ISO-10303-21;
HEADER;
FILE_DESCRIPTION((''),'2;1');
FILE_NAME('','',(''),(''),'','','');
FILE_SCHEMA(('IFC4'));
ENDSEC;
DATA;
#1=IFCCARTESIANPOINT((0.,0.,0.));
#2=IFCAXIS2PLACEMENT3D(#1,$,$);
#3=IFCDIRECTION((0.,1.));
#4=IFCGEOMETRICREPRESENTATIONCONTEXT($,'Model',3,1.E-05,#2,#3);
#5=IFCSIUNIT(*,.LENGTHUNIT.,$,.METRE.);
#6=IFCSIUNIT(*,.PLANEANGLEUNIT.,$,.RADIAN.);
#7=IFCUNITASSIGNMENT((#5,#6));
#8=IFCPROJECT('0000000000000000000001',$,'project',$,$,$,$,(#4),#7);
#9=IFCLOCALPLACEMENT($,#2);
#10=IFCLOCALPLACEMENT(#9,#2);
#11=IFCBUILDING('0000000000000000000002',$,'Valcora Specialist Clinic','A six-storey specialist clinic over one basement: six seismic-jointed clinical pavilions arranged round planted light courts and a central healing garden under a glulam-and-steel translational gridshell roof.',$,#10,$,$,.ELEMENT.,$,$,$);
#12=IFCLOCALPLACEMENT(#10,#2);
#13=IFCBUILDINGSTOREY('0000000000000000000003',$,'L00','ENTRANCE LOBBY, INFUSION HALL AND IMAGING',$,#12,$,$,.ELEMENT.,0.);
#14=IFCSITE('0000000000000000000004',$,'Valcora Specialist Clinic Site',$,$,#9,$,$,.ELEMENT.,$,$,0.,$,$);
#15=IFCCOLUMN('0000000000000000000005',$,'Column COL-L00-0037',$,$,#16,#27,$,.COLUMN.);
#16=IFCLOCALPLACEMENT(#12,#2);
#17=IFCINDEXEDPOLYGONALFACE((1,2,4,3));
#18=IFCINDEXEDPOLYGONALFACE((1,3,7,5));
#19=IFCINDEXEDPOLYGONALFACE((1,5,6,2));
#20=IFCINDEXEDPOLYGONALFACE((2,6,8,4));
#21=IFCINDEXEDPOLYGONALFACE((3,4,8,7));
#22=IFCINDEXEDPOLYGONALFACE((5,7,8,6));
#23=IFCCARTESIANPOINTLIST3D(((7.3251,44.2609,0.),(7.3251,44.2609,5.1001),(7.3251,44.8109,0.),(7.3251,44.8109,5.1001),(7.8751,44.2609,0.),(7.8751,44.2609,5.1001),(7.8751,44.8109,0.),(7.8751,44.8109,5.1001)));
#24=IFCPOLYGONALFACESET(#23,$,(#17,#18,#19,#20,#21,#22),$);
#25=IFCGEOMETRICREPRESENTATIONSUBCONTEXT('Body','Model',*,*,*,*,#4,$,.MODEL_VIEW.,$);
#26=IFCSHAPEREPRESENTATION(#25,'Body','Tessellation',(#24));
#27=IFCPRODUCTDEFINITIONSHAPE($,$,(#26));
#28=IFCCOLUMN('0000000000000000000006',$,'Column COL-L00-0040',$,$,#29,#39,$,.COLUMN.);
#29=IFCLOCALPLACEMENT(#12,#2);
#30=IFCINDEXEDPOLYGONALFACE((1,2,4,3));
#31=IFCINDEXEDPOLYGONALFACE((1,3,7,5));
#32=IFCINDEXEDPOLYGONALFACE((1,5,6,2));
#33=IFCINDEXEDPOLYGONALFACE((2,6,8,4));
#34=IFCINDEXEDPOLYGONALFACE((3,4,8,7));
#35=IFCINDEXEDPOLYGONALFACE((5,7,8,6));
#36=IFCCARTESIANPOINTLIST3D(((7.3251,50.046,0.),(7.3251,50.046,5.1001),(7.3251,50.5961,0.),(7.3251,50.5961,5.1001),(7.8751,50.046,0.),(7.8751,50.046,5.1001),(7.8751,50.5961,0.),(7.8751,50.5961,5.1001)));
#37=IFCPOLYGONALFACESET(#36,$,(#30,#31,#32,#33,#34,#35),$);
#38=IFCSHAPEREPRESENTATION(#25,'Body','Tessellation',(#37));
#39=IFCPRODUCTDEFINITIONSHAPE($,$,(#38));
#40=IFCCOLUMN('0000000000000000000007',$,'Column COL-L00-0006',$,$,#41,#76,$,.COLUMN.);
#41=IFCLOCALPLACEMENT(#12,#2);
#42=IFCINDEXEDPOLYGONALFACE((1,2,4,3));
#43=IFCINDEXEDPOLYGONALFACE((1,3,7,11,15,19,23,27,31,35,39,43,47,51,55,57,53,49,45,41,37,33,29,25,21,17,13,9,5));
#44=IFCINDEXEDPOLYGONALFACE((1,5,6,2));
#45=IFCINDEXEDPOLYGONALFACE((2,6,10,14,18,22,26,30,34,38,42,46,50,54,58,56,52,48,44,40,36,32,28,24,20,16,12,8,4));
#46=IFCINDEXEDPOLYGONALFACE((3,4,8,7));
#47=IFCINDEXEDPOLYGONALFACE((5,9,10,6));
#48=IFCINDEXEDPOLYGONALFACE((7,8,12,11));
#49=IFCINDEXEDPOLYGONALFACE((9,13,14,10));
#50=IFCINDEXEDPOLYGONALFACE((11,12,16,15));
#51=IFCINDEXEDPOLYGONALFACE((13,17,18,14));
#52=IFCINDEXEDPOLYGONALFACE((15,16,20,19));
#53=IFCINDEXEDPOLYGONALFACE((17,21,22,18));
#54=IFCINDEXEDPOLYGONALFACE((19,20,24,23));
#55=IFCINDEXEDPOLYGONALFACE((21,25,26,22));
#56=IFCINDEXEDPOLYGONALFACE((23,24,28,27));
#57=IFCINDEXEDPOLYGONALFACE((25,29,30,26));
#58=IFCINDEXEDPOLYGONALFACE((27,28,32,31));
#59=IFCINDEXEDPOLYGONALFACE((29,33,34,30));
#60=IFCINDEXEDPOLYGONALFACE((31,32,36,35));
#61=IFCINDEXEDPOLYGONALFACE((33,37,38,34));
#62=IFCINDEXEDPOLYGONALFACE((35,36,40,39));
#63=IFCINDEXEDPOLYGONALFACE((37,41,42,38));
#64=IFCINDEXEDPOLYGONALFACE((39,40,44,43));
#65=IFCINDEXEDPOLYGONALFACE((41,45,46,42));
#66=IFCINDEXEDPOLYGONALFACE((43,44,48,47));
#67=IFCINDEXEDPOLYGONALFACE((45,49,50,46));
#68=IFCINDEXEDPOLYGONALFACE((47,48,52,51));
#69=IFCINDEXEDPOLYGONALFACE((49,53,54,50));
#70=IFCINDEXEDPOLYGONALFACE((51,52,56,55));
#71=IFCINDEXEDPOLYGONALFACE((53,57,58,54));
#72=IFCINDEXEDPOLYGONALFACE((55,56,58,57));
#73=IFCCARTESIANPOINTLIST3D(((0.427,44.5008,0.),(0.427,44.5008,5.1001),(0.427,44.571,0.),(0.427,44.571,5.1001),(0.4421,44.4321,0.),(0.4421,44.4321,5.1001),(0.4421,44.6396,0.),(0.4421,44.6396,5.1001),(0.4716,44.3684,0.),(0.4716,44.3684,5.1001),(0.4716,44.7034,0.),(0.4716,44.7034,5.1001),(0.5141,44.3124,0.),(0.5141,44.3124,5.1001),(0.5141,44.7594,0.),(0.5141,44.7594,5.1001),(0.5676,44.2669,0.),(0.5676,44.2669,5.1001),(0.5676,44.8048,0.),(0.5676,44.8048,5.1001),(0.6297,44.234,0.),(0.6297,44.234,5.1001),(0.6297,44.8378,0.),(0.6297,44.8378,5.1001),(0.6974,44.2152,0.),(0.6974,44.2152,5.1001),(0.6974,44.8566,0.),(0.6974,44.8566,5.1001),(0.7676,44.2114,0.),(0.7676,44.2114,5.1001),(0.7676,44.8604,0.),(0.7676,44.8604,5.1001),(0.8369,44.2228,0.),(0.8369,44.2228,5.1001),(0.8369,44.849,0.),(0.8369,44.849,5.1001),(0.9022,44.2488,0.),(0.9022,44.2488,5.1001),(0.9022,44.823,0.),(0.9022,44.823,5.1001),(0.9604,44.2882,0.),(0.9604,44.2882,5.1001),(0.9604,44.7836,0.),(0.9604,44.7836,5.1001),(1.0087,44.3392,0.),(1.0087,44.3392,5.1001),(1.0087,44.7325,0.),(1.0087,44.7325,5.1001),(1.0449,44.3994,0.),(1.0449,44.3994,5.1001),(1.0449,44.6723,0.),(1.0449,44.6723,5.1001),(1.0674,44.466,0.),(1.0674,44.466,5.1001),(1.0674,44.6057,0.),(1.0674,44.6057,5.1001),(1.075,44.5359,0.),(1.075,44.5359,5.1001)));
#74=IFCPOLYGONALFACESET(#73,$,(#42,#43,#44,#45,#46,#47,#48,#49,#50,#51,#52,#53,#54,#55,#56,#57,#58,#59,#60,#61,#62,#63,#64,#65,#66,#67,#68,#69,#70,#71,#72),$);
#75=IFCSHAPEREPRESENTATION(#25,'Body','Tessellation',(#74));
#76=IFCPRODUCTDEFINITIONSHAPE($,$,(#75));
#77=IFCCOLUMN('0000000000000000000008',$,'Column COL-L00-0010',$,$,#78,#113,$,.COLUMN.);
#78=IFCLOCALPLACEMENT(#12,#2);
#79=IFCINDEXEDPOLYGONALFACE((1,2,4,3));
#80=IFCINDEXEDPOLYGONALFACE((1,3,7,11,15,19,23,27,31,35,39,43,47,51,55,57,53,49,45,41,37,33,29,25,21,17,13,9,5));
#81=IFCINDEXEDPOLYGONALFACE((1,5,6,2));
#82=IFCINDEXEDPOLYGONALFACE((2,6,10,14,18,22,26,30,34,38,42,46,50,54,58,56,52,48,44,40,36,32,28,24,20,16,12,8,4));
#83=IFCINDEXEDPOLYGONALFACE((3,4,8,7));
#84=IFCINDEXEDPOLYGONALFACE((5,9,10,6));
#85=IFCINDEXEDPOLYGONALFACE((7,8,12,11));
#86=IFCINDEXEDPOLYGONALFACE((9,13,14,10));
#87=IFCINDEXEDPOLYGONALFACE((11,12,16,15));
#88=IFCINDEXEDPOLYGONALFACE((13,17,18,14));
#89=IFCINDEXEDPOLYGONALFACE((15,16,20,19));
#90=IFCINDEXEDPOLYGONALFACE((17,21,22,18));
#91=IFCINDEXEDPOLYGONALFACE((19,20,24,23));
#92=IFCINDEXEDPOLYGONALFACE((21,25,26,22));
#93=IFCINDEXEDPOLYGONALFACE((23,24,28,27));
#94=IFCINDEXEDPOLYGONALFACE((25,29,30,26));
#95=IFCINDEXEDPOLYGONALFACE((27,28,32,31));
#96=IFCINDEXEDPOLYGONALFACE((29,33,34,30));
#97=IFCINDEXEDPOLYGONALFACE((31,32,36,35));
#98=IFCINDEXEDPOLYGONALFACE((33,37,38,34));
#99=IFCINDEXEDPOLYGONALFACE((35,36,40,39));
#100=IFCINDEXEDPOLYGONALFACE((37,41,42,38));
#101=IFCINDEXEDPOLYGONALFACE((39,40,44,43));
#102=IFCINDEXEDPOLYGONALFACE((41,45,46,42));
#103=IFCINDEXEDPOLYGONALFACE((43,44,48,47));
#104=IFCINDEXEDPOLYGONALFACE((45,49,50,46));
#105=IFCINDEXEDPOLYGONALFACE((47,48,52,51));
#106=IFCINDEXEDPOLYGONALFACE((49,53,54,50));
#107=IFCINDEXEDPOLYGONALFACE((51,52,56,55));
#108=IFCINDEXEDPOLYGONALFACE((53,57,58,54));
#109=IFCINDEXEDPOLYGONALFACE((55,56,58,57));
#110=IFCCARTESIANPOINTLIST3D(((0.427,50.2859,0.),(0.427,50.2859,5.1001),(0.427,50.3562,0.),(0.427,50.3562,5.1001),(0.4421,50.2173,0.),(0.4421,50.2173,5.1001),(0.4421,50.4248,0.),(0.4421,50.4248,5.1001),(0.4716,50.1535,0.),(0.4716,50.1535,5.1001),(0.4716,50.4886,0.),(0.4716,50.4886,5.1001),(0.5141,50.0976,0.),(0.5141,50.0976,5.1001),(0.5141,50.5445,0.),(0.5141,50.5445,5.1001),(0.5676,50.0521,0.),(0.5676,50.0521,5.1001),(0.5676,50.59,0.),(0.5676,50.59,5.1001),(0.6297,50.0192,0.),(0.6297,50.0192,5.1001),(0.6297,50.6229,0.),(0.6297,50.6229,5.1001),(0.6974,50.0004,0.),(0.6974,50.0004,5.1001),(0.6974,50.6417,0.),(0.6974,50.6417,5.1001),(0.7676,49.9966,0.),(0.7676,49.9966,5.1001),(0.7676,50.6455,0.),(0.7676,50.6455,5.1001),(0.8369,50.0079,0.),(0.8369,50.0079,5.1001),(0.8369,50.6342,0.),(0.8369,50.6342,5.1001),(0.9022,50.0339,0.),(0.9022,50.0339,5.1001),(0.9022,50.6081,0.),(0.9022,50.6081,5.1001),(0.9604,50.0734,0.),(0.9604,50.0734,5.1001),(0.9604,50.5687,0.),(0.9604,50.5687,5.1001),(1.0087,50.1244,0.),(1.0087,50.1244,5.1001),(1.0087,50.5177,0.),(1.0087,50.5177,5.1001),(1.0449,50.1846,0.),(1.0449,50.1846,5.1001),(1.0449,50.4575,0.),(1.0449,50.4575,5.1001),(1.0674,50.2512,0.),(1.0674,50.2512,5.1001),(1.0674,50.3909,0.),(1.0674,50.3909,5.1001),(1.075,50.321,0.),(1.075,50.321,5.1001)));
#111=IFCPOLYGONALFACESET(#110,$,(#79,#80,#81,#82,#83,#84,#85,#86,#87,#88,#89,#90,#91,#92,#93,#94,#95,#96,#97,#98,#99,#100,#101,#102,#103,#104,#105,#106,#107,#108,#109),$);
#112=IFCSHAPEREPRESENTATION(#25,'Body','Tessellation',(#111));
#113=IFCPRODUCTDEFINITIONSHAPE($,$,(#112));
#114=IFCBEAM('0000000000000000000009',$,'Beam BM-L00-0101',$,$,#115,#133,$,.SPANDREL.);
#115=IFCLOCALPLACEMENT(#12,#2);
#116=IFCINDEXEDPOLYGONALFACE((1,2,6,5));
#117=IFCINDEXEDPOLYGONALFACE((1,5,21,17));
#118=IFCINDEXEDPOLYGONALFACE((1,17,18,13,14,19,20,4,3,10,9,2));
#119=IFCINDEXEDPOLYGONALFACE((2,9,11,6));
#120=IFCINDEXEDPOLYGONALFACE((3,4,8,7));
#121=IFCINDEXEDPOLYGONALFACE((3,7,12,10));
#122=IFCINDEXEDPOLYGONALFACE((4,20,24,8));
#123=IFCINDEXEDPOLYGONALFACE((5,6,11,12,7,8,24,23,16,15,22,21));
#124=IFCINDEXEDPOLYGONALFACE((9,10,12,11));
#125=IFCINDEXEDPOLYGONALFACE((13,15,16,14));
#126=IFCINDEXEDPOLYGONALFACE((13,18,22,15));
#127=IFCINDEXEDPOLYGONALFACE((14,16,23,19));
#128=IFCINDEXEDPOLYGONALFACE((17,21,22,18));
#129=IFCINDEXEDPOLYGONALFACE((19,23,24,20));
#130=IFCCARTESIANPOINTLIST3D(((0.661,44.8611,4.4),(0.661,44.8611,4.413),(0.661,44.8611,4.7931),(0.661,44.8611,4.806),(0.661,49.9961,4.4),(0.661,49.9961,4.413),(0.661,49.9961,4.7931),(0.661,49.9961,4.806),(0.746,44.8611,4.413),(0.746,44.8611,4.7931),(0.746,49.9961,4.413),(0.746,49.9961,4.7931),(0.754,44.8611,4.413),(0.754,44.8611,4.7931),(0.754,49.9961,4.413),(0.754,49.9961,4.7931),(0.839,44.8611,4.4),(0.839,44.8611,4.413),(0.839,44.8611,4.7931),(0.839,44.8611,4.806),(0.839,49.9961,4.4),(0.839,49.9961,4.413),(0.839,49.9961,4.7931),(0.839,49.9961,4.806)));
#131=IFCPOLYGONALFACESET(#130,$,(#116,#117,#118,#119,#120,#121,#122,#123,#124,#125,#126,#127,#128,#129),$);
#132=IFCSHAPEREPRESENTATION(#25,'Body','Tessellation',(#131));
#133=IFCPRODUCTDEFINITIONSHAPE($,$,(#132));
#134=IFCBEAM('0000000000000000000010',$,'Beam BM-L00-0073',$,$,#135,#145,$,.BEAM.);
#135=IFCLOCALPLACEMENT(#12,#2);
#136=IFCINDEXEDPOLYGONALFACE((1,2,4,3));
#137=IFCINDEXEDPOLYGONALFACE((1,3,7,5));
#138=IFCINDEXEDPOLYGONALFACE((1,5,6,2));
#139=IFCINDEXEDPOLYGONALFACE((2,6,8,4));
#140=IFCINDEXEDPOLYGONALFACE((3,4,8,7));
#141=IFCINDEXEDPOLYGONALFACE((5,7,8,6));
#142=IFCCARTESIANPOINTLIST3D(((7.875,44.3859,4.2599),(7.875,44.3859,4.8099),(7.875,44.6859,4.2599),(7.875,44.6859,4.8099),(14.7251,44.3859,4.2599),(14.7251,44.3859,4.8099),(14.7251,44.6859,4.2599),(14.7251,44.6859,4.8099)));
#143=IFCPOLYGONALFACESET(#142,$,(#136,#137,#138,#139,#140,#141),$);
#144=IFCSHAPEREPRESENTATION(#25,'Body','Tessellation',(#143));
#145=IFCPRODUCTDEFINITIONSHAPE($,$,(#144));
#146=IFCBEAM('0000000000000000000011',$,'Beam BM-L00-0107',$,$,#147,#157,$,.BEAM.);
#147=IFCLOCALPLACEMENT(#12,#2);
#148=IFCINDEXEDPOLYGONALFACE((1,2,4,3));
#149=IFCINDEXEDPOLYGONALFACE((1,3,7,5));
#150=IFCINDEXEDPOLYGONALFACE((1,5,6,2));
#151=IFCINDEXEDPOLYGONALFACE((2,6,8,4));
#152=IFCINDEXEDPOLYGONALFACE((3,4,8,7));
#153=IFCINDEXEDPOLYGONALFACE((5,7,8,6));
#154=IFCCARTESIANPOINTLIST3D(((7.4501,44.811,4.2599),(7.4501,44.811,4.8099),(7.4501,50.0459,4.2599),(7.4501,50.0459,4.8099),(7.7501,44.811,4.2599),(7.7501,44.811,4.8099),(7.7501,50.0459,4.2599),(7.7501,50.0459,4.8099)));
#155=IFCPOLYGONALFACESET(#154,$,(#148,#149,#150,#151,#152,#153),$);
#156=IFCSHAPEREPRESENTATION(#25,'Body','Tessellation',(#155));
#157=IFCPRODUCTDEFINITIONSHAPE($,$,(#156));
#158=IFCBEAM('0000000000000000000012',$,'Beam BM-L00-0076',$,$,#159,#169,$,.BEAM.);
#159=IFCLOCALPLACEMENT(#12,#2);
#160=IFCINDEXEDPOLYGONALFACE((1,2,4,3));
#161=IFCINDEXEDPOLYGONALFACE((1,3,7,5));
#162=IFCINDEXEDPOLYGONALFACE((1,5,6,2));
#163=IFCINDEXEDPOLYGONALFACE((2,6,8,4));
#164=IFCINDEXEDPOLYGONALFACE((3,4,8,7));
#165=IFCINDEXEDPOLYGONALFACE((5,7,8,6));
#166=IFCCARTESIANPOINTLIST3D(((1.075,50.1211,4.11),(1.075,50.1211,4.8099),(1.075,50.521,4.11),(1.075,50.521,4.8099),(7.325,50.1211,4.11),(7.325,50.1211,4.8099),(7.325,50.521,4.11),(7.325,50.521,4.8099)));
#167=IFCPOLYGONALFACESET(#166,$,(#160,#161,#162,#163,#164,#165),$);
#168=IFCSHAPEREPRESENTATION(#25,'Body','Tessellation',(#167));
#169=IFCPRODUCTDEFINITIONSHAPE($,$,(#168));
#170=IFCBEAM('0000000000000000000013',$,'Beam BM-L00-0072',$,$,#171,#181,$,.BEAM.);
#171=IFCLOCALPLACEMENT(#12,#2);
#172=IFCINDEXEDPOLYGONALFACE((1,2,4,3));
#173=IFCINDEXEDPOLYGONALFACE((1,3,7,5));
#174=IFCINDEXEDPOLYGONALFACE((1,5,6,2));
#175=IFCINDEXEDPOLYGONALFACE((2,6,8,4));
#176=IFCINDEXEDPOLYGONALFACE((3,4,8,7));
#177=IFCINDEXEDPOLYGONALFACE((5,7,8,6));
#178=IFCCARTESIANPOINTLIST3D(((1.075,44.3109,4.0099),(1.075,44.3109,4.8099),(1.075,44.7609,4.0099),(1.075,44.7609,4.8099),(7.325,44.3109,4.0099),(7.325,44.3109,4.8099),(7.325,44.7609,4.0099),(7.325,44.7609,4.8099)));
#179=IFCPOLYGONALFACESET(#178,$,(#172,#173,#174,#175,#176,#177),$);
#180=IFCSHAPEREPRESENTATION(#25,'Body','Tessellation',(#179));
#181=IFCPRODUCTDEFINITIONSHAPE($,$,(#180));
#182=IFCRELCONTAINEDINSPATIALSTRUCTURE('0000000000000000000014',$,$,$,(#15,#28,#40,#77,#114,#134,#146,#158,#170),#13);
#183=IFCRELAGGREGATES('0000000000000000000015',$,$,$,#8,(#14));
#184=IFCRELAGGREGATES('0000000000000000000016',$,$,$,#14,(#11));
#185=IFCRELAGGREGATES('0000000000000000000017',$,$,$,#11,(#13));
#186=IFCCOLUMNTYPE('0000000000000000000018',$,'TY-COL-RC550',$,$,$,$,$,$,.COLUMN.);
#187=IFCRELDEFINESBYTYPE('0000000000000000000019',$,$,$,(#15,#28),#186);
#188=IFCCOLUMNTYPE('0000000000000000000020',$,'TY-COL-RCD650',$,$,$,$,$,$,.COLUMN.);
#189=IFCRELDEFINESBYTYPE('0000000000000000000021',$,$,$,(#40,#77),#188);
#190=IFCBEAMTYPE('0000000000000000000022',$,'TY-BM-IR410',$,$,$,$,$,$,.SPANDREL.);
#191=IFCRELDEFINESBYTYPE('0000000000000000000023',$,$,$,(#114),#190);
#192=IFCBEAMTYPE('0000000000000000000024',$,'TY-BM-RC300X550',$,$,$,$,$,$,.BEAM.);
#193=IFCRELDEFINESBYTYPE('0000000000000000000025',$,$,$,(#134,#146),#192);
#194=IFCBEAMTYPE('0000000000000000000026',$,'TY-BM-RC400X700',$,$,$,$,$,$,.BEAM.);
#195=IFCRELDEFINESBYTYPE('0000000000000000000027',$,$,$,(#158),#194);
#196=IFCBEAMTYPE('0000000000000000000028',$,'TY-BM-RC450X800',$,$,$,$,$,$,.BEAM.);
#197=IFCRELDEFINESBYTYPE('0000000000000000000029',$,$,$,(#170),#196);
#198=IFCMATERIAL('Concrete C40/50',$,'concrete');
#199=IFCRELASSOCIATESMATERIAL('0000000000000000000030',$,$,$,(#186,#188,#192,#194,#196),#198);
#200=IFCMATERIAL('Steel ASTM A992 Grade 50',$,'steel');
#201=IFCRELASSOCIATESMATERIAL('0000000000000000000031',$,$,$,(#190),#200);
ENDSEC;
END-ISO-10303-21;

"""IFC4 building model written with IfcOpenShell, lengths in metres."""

from ifc_helpers import new_model, si_unit, direction, frame, origin, origin_2d, place, context, subcontext, project, spatial, rectangle, circle, i_section, extrude, material, material_profile, profile_set, type_object, element, save


model = new_model("IFC4")

# Units and contexts
model_context = context("Model", 3, precision=1e-05, world=origin(), true_north=direction((0.0, 1.0)))
body_context = subcontext(model_context, "Body", "Model", "MODEL_VIEW")
ifc_project = project(units=[si_unit("LENGTHUNIT", "METRE"), si_unit("PLANEANGLEUNIT", "RADIAN")], contexts=[model_context])

# Site, building, storey
site_placement = place(None, origin())
site = spatial("IfcSite", under=ifc_project, at=site_placement, Name="Valcora Specialist Clinic Site", CompositionType="ELEMENT", RefElevation=0.0)
building_placement = place(site_placement, origin())
building = spatial("IfcBuilding", under=site, at=building_placement, Name="Valcora Specialist Clinic", Description="A six-storey specialist clinic over one basement: six seismic-jointed clinical pavilions arranged round planted light courts and a central healing garden under a glulam-and-steel translational gridshell roof.", CompositionType="ELEMENT")
storey_placement = place(building_placement, origin())
storey = spatial("IfcBuildingStorey", under=building, at=storey_placement, Name="L00", Description="ENTRANCE LOBBY, INFUSION HALL AND IMAGING", CompositionType="ELEMENT", Elevation=0.0)

# Columns
ifc_material_1 = material(Name="Concrete C40/50", Category="concrete")
ifc_material_profile_1 = material_profile(ifc_material_1, rectangle(XDim=0.55, YDim=0.55, at=origin_2d()), Name="RC-COL-550X550")
ifc_profile_set_1 = profile_set([ifc_material_profile_1], Name="Concrete C40/50")
column_type_1 = type_object("IfcColumnType", Name="TY-COL-RC550", PredefinedType="COLUMN", material=ifc_profile_set_1)
for number, where, z_axis, x_axis, name in (
    (1, (7.6001, 44.5359, 0.0), (0.0, 0.0, 1.0), (1.0, 0.0, 0.0), "Column COL-L00-0037"),
    (2, (7.6001, 50.321, 0.0), (0.0, 0.0, 1.0), (1.0, 0.0, 0.0), "Column COL-L00-0040"),
):
    element("IfcColumn", number, at=place(storey_placement, frame(where, z_axis=z_axis, x_axis=x_axis)), inside=storey, type_object=column_type_1, Name=name, PredefinedType="COLUMN", context=body_context, shape_type="SweptSolid", body=[
        extrude(rectangle(XDim=0.55, YDim=0.55, at=origin_2d()), origin(), (0.0, 0.0, 1.0), 5.1001),
    ])
ifc_material_profile_2 = material_profile(ifc_material_1, circle(Radius=0.325, at=origin_2d()), Name="RC-COL-D650")
ifc_profile_set_2 = profile_set([ifc_material_profile_2], Name="Concrete C40/50")
column_type_2 = type_object("IfcColumnType", Name="TY-COL-RCD650", PredefinedType="COLUMN", material=ifc_profile_set_2)
for number, where, z_axis, x_axis, name in (
    (3, (0.75, 44.5359, 0.0), (0.0, 0.0, 1.0), (1.0, 0.0, 0.0), "Column COL-L00-0006"),
    (4, (0.75, 50.321, 0.0), (0.0, 0.0, 1.0), (1.0, 0.0, 0.0), "Column COL-L00-0010"),
):
    element("IfcColumn", number, at=place(storey_placement, frame(where, z_axis=z_axis, x_axis=x_axis)), inside=storey, type_object=column_type_2, Name=name, PredefinedType="COLUMN", context=body_context, shape_type="SweptSolid", body=[
        extrude(circle(Radius=0.325, at=origin_2d()), origin(), (0.0, 0.0, 1.0), 5.1001),
    ])

# Beams
ifc_material_2 = material(Name="Steel ASTM A992 Grade 50", Category="steel")
ifc_material_profile_3 = material_profile(ifc_material_2, i_section(OverallWidth=0.178, OverallDepth=0.406, WebThickness=0.0081, FlangeThickness=0.0129, at=origin_2d()), Name="ST-IR-410X180")
ifc_profile_set_3 = profile_set([ifc_material_profile_3], Name="Steel ASTM A992 Grade 50")
beam_type_1 = type_object("IfcBeamType", Name="TY-BM-IR410", PredefinedType="SPANDREL", material=ifc_profile_set_3)
beam_1_placement = place(storey_placement, frame((0.75, 44.8611, 4.603), z_axis=(0.0, 1.0, 0.0), x_axis=(-1.0, 0.0, 0.0)))
element("IfcBeam", 5, at=beam_1_placement, inside=storey, type_object=beam_type_1, Name="Beam BM-L00-0101", PredefinedType="SPANDREL", context=body_context, shape_type="SweptSolid", body=[
    extrude(i_section(OverallWidth=0.178, OverallDepth=0.406, WebThickness=0.0081, FlangeThickness=0.0129, at=origin_2d()), origin(), (0.0, 0.0, 1.0), 5.135),
])
ifc_material_profile_4 = material_profile(ifc_material_1, rectangle(XDim=0.3, YDim=0.55, at=origin_2d()), Name="RC-BM-300X550")
ifc_profile_set_4 = profile_set([ifc_material_profile_4], Name="Concrete C40/50")
beam_type_2 = type_object("IfcBeamType", Name="TY-BM-RC300X550", PredefinedType="BEAM", material=ifc_profile_set_4)
beam_2_placement = place(storey_placement, frame((7.875, 44.5359, 4.5349), z_axis=(1.0, 0.0, 0.0), x_axis=(0.0, 1.0, 0.0)))
element("IfcBeam", 6, at=beam_2_placement, inside=storey, type_object=beam_type_2, Name="Beam BM-L00-0073", PredefinedType="BEAM", context=body_context, shape_type="SweptSolid", body=[
    extrude(rectangle(XDim=0.3, YDim=0.55, at=origin_2d()), origin(), (0.0, 0.0, 1.0), 6.8501),
])
beam_3_placement = place(storey_placement, frame((7.6001, 44.811, 4.5349), z_axis=(0.0, 1.0, 0.0), x_axis=(-1.0, 0.0, 0.0)))
element("IfcBeam", 7, at=beam_3_placement, inside=storey, type_object=beam_type_2, Name="Beam BM-L00-0107", PredefinedType="BEAM", context=body_context, shape_type="SweptSolid", body=[
    extrude(rectangle(XDim=0.3, YDim=0.55, at=origin_2d()), origin(), (0.0, 0.0, 1.0), 5.2349),
])
ifc_material_profile_5 = material_profile(ifc_material_1, rectangle(XDim=0.3999, YDim=0.7, at=origin_2d()), Name="RC-BM-400X700")
ifc_profile_set_5 = profile_set([ifc_material_profile_5], Name="Concrete C40/50")
beam_type_3 = type_object("IfcBeamType", Name="TY-BM-RC400X700", PredefinedType="BEAM", material=ifc_profile_set_5)
beam_4_placement = place(storey_placement, frame((1.075, 50.321, 4.46), z_axis=(1.0, 0.0, 0.0), x_axis=(0.0, 1.0, 0.0)))
element("IfcBeam", 8, at=beam_4_placement, inside=storey, type_object=beam_type_3, Name="Beam BM-L00-0076", PredefinedType="BEAM", context=body_context, shape_type="SweptSolid", body=[
    extrude(rectangle(XDim=0.3999, YDim=0.7, at=origin_2d()), origin(), (0.0, 0.0, 1.0), 6.25),
])
ifc_material_profile_6 = material_profile(ifc_material_1, rectangle(XDim=0.45, YDim=0.8, at=origin_2d()), Name="RC-BM-450X800")
ifc_profile_set_6 = profile_set([ifc_material_profile_6], Name="Concrete C40/50")
beam_type_4 = type_object("IfcBeamType", Name="TY-BM-RC450X800", PredefinedType="BEAM", material=ifc_profile_set_6)
beam_5_placement = place(storey_placement, frame((1.075, 44.5359, 4.4099), z_axis=(1.0, 0.0, 0.0), x_axis=(0.0, 1.0, 0.0)))
element("IfcBeam", 9, at=beam_5_placement, inside=storey, type_object=beam_type_4, Name="Beam BM-L00-0072", PredefinedType="BEAM", context=body_context, shape_type="SweptSolid", body=[
    extrude(rectangle(XDim=0.45, YDim=0.8, at=origin_2d()), origin(), (0.0, 0.0, 1.0), 6.25),
])

save(model, "model.ifc")
